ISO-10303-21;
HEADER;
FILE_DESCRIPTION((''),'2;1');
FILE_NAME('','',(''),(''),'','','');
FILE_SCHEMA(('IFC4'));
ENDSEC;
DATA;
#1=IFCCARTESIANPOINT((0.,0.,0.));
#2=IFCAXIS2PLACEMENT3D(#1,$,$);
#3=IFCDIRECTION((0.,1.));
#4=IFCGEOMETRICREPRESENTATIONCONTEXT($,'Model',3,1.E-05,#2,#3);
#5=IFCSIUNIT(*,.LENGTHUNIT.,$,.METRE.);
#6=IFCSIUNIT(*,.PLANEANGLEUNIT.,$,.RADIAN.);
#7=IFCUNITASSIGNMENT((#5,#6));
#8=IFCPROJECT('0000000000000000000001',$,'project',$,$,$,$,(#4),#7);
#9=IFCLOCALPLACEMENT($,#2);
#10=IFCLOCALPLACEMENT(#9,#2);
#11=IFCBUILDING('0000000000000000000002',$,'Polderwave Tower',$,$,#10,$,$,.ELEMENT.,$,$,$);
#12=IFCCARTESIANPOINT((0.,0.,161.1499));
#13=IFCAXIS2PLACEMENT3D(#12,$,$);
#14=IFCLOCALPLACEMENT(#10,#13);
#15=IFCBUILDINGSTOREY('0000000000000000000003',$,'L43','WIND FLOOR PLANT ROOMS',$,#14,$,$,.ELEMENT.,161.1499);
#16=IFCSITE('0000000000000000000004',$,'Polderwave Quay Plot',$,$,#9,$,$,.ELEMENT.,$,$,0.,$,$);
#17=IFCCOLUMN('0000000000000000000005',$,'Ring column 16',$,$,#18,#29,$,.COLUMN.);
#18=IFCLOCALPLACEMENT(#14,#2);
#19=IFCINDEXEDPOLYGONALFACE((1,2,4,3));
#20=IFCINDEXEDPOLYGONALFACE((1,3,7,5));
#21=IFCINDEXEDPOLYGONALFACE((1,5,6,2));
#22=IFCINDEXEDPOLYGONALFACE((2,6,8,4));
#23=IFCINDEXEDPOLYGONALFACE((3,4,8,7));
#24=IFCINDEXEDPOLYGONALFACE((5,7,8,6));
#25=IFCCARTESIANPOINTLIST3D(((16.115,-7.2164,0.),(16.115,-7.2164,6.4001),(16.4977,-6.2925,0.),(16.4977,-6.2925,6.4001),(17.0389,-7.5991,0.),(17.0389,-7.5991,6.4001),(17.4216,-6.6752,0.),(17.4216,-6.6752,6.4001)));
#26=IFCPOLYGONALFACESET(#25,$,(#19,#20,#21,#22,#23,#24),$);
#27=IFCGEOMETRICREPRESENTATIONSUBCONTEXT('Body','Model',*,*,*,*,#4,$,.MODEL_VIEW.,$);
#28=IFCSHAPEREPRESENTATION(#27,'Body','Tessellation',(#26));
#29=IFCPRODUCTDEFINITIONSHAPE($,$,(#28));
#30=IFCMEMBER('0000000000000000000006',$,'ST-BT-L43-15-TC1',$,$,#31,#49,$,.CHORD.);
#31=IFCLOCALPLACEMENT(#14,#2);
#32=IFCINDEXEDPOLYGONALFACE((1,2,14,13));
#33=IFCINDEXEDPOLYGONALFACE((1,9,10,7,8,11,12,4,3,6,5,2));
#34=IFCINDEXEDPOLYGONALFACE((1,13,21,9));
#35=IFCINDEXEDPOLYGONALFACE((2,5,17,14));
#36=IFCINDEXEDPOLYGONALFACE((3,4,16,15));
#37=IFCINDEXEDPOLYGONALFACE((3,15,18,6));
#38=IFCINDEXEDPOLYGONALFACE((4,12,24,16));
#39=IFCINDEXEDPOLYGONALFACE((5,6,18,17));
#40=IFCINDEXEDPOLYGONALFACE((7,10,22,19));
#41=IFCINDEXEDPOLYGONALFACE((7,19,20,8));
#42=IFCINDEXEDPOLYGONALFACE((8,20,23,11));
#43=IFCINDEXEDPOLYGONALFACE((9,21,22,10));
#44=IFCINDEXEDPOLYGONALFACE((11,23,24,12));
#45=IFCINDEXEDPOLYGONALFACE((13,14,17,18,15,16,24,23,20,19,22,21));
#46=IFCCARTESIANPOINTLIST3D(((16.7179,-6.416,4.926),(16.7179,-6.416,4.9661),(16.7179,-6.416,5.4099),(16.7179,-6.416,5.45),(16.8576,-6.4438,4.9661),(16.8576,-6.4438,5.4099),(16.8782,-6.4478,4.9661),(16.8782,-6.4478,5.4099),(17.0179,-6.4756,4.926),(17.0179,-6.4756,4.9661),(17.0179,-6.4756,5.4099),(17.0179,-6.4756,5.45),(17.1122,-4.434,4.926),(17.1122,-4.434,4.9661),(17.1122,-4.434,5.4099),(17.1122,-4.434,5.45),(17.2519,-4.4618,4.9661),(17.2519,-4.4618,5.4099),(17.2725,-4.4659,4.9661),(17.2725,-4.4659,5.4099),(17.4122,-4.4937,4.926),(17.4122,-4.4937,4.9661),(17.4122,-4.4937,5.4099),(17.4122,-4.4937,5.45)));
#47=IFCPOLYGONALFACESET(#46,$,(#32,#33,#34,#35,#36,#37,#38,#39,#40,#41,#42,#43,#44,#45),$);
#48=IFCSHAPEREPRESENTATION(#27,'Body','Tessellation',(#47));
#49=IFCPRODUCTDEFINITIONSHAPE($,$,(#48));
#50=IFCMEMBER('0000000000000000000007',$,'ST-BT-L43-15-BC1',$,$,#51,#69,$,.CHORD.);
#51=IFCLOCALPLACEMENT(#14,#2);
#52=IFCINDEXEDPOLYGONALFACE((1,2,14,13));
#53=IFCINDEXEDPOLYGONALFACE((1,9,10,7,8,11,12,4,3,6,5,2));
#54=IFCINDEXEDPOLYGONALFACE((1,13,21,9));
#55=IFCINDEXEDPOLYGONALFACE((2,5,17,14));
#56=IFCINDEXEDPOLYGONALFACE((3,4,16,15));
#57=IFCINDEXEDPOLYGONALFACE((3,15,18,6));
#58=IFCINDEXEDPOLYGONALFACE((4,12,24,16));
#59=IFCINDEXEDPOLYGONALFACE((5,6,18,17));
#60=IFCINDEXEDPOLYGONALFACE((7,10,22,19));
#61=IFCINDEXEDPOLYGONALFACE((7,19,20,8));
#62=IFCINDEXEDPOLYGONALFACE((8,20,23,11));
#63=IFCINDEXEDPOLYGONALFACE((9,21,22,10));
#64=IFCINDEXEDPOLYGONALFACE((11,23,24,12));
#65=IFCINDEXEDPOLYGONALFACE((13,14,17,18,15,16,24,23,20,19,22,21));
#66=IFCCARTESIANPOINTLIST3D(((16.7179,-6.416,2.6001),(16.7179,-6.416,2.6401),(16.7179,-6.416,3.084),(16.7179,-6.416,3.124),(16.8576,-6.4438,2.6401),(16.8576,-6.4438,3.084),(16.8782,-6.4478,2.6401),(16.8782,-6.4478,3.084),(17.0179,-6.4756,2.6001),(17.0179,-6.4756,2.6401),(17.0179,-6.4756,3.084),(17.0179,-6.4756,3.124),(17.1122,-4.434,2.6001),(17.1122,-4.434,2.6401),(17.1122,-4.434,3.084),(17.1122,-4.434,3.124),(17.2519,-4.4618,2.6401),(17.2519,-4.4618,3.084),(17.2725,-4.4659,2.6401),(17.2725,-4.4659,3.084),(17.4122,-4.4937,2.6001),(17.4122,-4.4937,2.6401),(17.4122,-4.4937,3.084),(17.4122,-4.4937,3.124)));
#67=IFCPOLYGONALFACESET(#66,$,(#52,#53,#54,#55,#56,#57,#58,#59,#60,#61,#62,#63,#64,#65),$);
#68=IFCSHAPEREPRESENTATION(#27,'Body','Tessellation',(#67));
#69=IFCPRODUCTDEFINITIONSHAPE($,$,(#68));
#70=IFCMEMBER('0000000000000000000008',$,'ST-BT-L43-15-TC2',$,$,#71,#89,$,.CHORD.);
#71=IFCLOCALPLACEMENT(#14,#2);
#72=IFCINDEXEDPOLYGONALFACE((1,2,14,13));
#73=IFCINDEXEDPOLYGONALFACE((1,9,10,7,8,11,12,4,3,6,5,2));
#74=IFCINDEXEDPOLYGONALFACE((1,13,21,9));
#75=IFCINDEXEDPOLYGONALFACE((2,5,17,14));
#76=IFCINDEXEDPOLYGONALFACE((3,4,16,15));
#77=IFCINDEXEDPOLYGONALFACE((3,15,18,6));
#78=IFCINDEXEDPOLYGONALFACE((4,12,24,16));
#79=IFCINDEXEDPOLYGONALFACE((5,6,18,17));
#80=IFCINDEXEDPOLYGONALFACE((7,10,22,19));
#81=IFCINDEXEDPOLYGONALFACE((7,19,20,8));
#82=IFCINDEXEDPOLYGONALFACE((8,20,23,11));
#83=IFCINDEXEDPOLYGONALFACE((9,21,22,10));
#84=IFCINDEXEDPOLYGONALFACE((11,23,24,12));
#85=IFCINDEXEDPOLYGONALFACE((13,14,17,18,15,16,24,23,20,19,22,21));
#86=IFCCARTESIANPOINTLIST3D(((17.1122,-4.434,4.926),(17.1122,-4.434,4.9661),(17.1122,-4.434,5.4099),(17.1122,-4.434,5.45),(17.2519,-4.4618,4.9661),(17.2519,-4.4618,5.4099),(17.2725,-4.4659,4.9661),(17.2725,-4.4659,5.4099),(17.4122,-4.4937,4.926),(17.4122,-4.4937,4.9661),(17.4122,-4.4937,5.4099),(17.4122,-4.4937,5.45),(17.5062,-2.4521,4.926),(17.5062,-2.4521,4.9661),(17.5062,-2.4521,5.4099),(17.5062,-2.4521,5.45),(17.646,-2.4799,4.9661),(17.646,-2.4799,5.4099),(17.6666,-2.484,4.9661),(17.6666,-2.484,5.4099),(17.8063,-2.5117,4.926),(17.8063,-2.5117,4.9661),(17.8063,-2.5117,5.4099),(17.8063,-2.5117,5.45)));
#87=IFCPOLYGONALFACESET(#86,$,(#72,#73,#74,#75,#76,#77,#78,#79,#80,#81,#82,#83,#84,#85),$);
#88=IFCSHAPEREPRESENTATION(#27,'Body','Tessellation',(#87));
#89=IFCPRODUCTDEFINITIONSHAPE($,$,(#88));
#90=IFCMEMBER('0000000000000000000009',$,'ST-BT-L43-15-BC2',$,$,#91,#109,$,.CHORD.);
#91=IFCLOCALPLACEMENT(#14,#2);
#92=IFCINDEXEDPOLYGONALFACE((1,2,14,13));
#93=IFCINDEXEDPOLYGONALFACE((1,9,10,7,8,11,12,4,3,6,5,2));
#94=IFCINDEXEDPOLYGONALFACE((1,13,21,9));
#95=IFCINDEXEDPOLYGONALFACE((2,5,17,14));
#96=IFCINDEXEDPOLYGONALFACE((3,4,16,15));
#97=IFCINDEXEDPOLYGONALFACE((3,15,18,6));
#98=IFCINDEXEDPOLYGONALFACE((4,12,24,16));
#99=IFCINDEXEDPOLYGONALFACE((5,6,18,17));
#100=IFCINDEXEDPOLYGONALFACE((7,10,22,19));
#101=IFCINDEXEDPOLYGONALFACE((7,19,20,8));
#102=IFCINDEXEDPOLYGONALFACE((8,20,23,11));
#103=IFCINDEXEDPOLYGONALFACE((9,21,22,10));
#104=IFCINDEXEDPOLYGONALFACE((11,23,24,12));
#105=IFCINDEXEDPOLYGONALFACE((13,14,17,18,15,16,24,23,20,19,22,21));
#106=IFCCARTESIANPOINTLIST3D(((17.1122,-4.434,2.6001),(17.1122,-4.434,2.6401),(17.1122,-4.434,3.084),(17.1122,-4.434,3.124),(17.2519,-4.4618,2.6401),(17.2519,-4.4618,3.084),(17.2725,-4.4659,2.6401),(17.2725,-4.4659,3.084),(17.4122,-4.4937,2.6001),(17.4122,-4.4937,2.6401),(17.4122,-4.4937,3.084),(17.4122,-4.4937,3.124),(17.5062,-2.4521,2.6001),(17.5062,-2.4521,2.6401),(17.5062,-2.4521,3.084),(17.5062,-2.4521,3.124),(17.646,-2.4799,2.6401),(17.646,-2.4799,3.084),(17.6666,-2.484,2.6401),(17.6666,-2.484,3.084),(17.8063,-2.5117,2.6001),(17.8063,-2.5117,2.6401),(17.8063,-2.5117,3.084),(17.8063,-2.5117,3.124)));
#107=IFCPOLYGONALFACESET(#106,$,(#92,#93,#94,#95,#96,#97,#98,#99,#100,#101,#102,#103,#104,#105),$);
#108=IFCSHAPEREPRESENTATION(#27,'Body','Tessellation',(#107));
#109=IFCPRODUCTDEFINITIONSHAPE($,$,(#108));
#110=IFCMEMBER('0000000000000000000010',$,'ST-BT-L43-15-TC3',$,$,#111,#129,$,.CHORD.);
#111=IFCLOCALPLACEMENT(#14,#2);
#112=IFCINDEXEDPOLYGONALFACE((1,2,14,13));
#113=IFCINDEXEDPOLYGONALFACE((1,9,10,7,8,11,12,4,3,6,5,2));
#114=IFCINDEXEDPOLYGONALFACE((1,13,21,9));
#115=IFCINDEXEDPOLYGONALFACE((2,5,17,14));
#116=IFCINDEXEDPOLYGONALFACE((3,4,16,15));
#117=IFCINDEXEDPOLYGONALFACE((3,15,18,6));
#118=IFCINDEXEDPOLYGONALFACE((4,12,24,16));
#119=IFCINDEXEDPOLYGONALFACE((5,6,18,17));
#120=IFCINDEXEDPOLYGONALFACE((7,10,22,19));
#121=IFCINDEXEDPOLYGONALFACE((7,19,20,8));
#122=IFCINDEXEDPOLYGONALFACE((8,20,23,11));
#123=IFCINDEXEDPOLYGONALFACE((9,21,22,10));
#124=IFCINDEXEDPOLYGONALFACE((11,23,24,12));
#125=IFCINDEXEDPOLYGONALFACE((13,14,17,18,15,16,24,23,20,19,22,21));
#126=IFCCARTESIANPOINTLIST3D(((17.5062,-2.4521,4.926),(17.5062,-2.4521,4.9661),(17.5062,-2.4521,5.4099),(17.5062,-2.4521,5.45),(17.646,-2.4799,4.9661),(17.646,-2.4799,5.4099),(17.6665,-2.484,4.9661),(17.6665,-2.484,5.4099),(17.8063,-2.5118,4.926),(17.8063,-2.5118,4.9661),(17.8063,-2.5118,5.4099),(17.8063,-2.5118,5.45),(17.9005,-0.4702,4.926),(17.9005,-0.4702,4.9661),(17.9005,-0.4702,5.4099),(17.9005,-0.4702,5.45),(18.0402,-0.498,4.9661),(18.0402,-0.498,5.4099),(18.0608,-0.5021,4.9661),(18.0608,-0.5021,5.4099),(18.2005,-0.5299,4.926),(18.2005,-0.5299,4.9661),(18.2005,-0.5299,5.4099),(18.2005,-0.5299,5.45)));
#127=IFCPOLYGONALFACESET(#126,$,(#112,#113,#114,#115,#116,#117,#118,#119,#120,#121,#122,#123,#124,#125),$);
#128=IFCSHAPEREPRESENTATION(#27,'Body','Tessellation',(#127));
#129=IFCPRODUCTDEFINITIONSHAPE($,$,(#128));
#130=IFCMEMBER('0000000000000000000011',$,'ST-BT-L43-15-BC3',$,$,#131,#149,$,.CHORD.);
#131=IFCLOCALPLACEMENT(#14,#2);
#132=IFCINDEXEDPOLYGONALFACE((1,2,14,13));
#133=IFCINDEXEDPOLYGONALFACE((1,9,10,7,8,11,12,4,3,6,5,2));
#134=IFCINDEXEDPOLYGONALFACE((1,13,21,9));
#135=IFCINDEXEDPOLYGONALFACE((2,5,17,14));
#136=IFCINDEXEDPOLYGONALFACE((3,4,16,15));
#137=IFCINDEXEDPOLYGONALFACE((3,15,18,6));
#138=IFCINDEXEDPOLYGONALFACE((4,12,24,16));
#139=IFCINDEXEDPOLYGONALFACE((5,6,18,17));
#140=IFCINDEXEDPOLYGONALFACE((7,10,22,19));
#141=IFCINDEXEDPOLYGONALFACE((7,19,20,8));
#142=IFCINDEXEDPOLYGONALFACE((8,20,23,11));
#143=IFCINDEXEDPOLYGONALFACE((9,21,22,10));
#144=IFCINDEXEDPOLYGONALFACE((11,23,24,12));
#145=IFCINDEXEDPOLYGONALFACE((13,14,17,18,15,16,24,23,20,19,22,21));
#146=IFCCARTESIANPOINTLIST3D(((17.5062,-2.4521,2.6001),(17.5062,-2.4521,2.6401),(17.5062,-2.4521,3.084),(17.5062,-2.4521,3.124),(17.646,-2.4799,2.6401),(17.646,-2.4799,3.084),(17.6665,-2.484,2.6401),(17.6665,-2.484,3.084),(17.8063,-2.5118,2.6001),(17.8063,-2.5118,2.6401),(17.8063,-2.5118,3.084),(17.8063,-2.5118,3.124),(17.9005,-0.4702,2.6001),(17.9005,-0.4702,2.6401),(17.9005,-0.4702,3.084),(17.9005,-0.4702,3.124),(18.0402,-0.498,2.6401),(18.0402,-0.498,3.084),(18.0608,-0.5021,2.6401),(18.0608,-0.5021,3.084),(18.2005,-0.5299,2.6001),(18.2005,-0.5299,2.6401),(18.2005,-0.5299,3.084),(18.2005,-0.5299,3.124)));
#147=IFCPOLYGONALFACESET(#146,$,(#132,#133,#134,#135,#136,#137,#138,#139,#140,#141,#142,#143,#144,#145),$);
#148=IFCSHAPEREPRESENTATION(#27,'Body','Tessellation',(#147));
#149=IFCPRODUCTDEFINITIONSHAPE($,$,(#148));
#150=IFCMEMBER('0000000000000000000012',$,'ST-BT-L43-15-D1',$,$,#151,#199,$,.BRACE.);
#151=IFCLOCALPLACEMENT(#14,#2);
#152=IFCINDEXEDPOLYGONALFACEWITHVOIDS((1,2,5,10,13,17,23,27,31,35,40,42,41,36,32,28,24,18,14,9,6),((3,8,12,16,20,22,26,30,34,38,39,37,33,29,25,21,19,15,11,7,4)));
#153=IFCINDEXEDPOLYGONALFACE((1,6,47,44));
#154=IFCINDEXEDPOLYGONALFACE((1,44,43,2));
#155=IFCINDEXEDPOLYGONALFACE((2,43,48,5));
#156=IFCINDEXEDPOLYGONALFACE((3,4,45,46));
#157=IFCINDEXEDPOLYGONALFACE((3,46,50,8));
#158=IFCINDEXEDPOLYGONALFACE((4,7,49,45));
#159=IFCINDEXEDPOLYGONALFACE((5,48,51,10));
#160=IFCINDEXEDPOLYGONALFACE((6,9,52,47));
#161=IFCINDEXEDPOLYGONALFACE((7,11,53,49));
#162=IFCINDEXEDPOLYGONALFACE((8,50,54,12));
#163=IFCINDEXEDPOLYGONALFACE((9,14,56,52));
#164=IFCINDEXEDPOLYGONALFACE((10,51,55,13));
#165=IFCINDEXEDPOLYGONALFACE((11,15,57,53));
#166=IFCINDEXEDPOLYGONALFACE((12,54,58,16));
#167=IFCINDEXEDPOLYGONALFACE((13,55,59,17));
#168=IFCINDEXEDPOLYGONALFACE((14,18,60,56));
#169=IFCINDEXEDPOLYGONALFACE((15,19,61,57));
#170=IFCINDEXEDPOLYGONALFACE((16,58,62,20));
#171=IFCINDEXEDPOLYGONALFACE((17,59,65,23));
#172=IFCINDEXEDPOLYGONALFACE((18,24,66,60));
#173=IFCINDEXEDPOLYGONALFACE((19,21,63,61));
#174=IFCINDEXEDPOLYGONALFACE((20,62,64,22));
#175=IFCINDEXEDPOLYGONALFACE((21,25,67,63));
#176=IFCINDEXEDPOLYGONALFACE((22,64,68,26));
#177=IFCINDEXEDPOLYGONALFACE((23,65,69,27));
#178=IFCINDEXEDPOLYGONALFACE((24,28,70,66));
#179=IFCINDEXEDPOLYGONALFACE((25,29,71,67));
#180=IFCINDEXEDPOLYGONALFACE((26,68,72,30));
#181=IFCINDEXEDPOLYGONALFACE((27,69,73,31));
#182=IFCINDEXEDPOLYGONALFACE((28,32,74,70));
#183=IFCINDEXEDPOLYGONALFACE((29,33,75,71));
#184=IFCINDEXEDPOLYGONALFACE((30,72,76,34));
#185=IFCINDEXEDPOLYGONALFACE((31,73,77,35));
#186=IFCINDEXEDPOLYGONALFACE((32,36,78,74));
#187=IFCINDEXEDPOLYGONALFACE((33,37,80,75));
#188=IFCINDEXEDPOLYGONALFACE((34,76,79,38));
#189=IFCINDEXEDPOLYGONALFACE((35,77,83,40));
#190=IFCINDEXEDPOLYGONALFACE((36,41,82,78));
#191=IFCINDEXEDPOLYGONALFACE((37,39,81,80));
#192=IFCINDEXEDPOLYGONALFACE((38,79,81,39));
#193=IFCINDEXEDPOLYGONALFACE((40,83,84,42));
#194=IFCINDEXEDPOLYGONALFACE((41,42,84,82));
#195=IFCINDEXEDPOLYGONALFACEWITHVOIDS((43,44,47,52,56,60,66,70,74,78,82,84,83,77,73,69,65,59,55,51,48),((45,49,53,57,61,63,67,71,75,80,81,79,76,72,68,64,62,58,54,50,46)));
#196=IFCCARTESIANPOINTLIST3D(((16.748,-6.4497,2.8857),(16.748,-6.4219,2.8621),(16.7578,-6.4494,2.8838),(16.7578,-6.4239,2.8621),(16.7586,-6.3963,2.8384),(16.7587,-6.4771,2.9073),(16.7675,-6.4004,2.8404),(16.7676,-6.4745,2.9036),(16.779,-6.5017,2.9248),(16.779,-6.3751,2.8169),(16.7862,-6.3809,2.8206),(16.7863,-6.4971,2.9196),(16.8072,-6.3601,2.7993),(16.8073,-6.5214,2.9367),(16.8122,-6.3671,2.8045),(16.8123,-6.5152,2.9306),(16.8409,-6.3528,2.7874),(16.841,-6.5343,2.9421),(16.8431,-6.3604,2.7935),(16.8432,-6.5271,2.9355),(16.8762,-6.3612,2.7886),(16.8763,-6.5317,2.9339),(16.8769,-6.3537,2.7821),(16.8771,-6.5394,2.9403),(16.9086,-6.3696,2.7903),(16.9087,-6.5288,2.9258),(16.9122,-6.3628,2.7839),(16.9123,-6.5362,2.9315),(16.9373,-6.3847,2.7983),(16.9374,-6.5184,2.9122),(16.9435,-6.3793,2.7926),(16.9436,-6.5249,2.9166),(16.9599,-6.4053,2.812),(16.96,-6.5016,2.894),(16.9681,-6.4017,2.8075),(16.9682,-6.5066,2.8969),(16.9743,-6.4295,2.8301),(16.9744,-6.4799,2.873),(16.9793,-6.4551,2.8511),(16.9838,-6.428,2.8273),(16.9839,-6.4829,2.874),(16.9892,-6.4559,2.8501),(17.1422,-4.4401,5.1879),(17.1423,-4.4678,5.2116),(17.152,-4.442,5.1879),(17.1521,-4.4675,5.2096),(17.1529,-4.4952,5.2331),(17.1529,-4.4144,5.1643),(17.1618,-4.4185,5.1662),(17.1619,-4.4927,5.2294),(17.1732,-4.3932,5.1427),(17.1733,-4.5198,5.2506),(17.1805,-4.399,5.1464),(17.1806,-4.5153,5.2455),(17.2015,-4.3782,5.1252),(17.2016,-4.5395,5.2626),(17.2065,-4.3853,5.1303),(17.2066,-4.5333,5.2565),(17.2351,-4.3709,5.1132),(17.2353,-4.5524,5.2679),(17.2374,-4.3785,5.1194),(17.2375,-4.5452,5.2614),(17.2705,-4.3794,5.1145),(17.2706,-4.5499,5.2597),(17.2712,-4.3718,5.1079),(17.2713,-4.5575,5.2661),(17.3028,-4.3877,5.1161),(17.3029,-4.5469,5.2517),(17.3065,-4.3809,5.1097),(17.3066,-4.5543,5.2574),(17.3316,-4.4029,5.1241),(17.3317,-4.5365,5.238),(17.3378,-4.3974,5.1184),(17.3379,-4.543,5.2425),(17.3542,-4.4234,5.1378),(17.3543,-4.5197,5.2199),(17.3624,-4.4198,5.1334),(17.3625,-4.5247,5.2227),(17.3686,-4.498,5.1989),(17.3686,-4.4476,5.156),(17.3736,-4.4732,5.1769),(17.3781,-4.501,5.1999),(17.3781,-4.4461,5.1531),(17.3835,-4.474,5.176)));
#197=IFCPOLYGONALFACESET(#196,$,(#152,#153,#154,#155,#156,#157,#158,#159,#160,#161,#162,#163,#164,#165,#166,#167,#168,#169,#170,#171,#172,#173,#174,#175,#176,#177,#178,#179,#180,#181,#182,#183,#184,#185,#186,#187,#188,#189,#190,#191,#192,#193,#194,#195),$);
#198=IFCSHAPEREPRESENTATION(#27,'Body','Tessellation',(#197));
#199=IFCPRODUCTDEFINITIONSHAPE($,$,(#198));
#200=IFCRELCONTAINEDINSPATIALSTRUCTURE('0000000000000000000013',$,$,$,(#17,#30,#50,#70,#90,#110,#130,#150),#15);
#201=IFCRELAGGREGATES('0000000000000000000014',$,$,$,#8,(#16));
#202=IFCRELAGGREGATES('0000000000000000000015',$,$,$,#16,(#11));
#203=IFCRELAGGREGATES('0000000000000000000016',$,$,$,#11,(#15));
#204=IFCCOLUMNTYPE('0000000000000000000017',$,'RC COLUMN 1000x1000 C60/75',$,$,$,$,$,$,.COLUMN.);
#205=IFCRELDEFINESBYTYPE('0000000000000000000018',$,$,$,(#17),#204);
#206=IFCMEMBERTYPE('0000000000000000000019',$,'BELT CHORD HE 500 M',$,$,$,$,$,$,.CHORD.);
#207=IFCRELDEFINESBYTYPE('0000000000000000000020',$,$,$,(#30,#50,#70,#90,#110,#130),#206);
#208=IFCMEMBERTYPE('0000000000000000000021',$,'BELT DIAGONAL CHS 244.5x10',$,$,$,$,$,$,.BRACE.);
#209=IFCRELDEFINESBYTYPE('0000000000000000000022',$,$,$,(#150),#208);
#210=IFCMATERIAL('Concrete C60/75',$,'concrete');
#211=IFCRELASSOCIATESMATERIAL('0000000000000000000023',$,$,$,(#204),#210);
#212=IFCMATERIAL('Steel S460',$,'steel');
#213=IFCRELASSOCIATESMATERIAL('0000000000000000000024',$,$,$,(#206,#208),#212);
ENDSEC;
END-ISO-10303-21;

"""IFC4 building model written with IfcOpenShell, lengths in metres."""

from ifc_helpers import new_model, si_unit, direction, frame, origin, origin_2d, place, context, subcontext, project, spatial, rectangle, hollow_circle, i_section, extrude, material, material_profile, profile_set, type_object, element, save


model = new_model("IFC4")

# Units and contexts
model_context = context("Model", 3, precision=1e-05, world=origin(), true_north=direction((0.0, 1.0)))
body_context = subcontext(model_context, "Body", "Model", "MODEL_VIEW")
ifc_project = project(units=[si_unit("LENGTHUNIT", "METRE"), si_unit("PLANEANGLEUNIT", "RADIAN")], contexts=[model_context])

# Site, building, storey
site_placement = place(None, origin())
site = spatial("IfcSite", under=ifc_project, at=site_placement, Name="Polderwave Quay Plot", CompositionType="ELEMENT", RefElevation=0.0)
building_placement = place(site_placement, origin())
building = spatial("IfcBuilding", under=site, at=building_placement, Name="Polderwave Tower", CompositionType="ELEMENT")
storey_placement = place(building_placement, frame((0.0, 0.0, 161.1499)))
storey = spatial("IfcBuildingStorey", under=building, at=storey_placement, Name="L43", Description="WIND FLOOR PLANT ROOMS", CompositionType="ELEMENT", Elevation=161.1499)

# Column
ifc_material_1 = material(Name="Concrete C60/75", Category="concrete")
ifc_material_profile_1 = material_profile(ifc_material_1, rectangle(XDim=1.0, YDim=1.0, at=origin_2d()), Name="RC 1000x1000")
ifc_profile_set_1 = profile_set([ifc_material_profile_1], Name="Concrete C60/75")
column_type = type_object("IfcColumnType", Name="RC COLUMN 1000x1000 C60/75", PredefinedType="COLUMN", material=ifc_profile_set_1)
column_placement = place(storey_placement, frame((16.7683, -6.9458, 0.0), z_axis=(0.0, 0.0, 1.0), x_axis=(0.92388, -0.382683, 0.0)))
element("IfcColumn", 1, at=column_placement, inside=storey, type_object=column_type, Name="Ring column 16", PredefinedType="COLUMN", context=body_context, shape_type="SweptSolid", body=[
    extrude(rectangle(XDim=1.0, YDim=1.0, at=origin_2d()), origin(), (0.0, 0.0, 1.0), 6.4001),
])

# Members
ifc_material_2 = material(Name="Steel S460", Category="steel")
ifc_material_profile_2 = material_profile(ifc_material_2, i_section(OverallWidth=0.3059, OverallDepth=0.5239, WebThickness=0.021, FlangeThickness=0.04, at=origin_2d()), Name="HE 500 M")
ifc_profile_set_2 = profile_set([ifc_material_profile_2], Name="Steel S460")
member_type_1 = type_object("IfcMemberType", Name="BELT CHORD HE 500 M", PredefinedType="CHORD", material=ifc_profile_set_2)
for number, where, z_axis, x_axis, name in (
    (2, (16.8679, -6.4458, 5.188), (0.195117, 0.98078, 0.0), (-0.98078, 0.195117, 0.0), "ST-BT-L43-15-TC1"),
    (3, (16.8679, -6.4458, 2.8621), (0.195117, 0.98078, 0.0), (-0.98078, 0.195117, 0.0), "ST-BT-L43-15-BC1"),
    (4, (17.2622, -4.4639, 5.188), (0.195001, 0.980803, 0.0), (-0.980803, 0.195001, 0.0), "ST-BT-L43-15-TC2"),
    (5, (17.2622, -4.4639, 2.8621), (0.195001, 0.980803, 0.0), (-0.980803, 0.195001, 0.0), "ST-BT-L43-15-BC2"),
    (6, (17.6562, -2.4819, 5.188), (0.195117, 0.98078, 0.0), (-0.98078, 0.195117, 0.0), "ST-BT-L43-15-TC3"),
    (7, (17.6562, -2.4819, 2.8621), (0.195117, 0.98078, 0.0), (-0.98078, 0.195117, 0.0), "ST-BT-L43-15-BC3"),
):
    element("IfcMember", number, at=place(storey_placement, frame(where, z_axis=z_axis, x_axis=x_axis)), inside=storey, type_object=member_type_1, Name=name, PredefinedType="CHORD", context=body_context, shape_type="SweptSolid", body=[
        extrude(i_section(OverallWidth=0.3059, OverallDepth=0.5239, WebThickness=0.021, FlangeThickness=0.04, at=origin_2d()), origin(), (0.0, 0.0, 1.0), 2.0208),
    ])
ifc_material_profile_3 = material_profile(ifc_material_2, hollow_circle(Radius=0.1223, WallThickness=0.01, at=origin_2d()), Name="CHS 244.5x10")
ifc_profile_set_3 = profile_set([ifc_material_profile_3], Name="Steel S460")
member_type_2 = type_object("IfcMemberType", Name="BELT DIAGONAL CHS 244.5x10", PredefinedType="BRACE", material=ifc_profile_set_3)
for number, where, z_axis, x_axis, name in (
    (8, (16.8679, -6.4458, 2.8621), (0.127968, 0.643246, 0.75489), (-0.98078, 0.195117, 0.0), "ST-BT-L43-15-D1"),
):
    element("IfcMember", number, at=place(storey_placement, frame(where, z_axis=z_axis, x_axis=x_axis)), inside=storey, type_object=member_type_2, Name=name, PredefinedType="BRACE", context=body_context, shape_type="SweptSolid", body=[
        extrude(hollow_circle(Radius=0.1223, WallThickness=0.01, at=origin_2d()), origin(), (0.0, 0.0, 1.0), 3.0811),
    ])

save(model, "model.ifc")
